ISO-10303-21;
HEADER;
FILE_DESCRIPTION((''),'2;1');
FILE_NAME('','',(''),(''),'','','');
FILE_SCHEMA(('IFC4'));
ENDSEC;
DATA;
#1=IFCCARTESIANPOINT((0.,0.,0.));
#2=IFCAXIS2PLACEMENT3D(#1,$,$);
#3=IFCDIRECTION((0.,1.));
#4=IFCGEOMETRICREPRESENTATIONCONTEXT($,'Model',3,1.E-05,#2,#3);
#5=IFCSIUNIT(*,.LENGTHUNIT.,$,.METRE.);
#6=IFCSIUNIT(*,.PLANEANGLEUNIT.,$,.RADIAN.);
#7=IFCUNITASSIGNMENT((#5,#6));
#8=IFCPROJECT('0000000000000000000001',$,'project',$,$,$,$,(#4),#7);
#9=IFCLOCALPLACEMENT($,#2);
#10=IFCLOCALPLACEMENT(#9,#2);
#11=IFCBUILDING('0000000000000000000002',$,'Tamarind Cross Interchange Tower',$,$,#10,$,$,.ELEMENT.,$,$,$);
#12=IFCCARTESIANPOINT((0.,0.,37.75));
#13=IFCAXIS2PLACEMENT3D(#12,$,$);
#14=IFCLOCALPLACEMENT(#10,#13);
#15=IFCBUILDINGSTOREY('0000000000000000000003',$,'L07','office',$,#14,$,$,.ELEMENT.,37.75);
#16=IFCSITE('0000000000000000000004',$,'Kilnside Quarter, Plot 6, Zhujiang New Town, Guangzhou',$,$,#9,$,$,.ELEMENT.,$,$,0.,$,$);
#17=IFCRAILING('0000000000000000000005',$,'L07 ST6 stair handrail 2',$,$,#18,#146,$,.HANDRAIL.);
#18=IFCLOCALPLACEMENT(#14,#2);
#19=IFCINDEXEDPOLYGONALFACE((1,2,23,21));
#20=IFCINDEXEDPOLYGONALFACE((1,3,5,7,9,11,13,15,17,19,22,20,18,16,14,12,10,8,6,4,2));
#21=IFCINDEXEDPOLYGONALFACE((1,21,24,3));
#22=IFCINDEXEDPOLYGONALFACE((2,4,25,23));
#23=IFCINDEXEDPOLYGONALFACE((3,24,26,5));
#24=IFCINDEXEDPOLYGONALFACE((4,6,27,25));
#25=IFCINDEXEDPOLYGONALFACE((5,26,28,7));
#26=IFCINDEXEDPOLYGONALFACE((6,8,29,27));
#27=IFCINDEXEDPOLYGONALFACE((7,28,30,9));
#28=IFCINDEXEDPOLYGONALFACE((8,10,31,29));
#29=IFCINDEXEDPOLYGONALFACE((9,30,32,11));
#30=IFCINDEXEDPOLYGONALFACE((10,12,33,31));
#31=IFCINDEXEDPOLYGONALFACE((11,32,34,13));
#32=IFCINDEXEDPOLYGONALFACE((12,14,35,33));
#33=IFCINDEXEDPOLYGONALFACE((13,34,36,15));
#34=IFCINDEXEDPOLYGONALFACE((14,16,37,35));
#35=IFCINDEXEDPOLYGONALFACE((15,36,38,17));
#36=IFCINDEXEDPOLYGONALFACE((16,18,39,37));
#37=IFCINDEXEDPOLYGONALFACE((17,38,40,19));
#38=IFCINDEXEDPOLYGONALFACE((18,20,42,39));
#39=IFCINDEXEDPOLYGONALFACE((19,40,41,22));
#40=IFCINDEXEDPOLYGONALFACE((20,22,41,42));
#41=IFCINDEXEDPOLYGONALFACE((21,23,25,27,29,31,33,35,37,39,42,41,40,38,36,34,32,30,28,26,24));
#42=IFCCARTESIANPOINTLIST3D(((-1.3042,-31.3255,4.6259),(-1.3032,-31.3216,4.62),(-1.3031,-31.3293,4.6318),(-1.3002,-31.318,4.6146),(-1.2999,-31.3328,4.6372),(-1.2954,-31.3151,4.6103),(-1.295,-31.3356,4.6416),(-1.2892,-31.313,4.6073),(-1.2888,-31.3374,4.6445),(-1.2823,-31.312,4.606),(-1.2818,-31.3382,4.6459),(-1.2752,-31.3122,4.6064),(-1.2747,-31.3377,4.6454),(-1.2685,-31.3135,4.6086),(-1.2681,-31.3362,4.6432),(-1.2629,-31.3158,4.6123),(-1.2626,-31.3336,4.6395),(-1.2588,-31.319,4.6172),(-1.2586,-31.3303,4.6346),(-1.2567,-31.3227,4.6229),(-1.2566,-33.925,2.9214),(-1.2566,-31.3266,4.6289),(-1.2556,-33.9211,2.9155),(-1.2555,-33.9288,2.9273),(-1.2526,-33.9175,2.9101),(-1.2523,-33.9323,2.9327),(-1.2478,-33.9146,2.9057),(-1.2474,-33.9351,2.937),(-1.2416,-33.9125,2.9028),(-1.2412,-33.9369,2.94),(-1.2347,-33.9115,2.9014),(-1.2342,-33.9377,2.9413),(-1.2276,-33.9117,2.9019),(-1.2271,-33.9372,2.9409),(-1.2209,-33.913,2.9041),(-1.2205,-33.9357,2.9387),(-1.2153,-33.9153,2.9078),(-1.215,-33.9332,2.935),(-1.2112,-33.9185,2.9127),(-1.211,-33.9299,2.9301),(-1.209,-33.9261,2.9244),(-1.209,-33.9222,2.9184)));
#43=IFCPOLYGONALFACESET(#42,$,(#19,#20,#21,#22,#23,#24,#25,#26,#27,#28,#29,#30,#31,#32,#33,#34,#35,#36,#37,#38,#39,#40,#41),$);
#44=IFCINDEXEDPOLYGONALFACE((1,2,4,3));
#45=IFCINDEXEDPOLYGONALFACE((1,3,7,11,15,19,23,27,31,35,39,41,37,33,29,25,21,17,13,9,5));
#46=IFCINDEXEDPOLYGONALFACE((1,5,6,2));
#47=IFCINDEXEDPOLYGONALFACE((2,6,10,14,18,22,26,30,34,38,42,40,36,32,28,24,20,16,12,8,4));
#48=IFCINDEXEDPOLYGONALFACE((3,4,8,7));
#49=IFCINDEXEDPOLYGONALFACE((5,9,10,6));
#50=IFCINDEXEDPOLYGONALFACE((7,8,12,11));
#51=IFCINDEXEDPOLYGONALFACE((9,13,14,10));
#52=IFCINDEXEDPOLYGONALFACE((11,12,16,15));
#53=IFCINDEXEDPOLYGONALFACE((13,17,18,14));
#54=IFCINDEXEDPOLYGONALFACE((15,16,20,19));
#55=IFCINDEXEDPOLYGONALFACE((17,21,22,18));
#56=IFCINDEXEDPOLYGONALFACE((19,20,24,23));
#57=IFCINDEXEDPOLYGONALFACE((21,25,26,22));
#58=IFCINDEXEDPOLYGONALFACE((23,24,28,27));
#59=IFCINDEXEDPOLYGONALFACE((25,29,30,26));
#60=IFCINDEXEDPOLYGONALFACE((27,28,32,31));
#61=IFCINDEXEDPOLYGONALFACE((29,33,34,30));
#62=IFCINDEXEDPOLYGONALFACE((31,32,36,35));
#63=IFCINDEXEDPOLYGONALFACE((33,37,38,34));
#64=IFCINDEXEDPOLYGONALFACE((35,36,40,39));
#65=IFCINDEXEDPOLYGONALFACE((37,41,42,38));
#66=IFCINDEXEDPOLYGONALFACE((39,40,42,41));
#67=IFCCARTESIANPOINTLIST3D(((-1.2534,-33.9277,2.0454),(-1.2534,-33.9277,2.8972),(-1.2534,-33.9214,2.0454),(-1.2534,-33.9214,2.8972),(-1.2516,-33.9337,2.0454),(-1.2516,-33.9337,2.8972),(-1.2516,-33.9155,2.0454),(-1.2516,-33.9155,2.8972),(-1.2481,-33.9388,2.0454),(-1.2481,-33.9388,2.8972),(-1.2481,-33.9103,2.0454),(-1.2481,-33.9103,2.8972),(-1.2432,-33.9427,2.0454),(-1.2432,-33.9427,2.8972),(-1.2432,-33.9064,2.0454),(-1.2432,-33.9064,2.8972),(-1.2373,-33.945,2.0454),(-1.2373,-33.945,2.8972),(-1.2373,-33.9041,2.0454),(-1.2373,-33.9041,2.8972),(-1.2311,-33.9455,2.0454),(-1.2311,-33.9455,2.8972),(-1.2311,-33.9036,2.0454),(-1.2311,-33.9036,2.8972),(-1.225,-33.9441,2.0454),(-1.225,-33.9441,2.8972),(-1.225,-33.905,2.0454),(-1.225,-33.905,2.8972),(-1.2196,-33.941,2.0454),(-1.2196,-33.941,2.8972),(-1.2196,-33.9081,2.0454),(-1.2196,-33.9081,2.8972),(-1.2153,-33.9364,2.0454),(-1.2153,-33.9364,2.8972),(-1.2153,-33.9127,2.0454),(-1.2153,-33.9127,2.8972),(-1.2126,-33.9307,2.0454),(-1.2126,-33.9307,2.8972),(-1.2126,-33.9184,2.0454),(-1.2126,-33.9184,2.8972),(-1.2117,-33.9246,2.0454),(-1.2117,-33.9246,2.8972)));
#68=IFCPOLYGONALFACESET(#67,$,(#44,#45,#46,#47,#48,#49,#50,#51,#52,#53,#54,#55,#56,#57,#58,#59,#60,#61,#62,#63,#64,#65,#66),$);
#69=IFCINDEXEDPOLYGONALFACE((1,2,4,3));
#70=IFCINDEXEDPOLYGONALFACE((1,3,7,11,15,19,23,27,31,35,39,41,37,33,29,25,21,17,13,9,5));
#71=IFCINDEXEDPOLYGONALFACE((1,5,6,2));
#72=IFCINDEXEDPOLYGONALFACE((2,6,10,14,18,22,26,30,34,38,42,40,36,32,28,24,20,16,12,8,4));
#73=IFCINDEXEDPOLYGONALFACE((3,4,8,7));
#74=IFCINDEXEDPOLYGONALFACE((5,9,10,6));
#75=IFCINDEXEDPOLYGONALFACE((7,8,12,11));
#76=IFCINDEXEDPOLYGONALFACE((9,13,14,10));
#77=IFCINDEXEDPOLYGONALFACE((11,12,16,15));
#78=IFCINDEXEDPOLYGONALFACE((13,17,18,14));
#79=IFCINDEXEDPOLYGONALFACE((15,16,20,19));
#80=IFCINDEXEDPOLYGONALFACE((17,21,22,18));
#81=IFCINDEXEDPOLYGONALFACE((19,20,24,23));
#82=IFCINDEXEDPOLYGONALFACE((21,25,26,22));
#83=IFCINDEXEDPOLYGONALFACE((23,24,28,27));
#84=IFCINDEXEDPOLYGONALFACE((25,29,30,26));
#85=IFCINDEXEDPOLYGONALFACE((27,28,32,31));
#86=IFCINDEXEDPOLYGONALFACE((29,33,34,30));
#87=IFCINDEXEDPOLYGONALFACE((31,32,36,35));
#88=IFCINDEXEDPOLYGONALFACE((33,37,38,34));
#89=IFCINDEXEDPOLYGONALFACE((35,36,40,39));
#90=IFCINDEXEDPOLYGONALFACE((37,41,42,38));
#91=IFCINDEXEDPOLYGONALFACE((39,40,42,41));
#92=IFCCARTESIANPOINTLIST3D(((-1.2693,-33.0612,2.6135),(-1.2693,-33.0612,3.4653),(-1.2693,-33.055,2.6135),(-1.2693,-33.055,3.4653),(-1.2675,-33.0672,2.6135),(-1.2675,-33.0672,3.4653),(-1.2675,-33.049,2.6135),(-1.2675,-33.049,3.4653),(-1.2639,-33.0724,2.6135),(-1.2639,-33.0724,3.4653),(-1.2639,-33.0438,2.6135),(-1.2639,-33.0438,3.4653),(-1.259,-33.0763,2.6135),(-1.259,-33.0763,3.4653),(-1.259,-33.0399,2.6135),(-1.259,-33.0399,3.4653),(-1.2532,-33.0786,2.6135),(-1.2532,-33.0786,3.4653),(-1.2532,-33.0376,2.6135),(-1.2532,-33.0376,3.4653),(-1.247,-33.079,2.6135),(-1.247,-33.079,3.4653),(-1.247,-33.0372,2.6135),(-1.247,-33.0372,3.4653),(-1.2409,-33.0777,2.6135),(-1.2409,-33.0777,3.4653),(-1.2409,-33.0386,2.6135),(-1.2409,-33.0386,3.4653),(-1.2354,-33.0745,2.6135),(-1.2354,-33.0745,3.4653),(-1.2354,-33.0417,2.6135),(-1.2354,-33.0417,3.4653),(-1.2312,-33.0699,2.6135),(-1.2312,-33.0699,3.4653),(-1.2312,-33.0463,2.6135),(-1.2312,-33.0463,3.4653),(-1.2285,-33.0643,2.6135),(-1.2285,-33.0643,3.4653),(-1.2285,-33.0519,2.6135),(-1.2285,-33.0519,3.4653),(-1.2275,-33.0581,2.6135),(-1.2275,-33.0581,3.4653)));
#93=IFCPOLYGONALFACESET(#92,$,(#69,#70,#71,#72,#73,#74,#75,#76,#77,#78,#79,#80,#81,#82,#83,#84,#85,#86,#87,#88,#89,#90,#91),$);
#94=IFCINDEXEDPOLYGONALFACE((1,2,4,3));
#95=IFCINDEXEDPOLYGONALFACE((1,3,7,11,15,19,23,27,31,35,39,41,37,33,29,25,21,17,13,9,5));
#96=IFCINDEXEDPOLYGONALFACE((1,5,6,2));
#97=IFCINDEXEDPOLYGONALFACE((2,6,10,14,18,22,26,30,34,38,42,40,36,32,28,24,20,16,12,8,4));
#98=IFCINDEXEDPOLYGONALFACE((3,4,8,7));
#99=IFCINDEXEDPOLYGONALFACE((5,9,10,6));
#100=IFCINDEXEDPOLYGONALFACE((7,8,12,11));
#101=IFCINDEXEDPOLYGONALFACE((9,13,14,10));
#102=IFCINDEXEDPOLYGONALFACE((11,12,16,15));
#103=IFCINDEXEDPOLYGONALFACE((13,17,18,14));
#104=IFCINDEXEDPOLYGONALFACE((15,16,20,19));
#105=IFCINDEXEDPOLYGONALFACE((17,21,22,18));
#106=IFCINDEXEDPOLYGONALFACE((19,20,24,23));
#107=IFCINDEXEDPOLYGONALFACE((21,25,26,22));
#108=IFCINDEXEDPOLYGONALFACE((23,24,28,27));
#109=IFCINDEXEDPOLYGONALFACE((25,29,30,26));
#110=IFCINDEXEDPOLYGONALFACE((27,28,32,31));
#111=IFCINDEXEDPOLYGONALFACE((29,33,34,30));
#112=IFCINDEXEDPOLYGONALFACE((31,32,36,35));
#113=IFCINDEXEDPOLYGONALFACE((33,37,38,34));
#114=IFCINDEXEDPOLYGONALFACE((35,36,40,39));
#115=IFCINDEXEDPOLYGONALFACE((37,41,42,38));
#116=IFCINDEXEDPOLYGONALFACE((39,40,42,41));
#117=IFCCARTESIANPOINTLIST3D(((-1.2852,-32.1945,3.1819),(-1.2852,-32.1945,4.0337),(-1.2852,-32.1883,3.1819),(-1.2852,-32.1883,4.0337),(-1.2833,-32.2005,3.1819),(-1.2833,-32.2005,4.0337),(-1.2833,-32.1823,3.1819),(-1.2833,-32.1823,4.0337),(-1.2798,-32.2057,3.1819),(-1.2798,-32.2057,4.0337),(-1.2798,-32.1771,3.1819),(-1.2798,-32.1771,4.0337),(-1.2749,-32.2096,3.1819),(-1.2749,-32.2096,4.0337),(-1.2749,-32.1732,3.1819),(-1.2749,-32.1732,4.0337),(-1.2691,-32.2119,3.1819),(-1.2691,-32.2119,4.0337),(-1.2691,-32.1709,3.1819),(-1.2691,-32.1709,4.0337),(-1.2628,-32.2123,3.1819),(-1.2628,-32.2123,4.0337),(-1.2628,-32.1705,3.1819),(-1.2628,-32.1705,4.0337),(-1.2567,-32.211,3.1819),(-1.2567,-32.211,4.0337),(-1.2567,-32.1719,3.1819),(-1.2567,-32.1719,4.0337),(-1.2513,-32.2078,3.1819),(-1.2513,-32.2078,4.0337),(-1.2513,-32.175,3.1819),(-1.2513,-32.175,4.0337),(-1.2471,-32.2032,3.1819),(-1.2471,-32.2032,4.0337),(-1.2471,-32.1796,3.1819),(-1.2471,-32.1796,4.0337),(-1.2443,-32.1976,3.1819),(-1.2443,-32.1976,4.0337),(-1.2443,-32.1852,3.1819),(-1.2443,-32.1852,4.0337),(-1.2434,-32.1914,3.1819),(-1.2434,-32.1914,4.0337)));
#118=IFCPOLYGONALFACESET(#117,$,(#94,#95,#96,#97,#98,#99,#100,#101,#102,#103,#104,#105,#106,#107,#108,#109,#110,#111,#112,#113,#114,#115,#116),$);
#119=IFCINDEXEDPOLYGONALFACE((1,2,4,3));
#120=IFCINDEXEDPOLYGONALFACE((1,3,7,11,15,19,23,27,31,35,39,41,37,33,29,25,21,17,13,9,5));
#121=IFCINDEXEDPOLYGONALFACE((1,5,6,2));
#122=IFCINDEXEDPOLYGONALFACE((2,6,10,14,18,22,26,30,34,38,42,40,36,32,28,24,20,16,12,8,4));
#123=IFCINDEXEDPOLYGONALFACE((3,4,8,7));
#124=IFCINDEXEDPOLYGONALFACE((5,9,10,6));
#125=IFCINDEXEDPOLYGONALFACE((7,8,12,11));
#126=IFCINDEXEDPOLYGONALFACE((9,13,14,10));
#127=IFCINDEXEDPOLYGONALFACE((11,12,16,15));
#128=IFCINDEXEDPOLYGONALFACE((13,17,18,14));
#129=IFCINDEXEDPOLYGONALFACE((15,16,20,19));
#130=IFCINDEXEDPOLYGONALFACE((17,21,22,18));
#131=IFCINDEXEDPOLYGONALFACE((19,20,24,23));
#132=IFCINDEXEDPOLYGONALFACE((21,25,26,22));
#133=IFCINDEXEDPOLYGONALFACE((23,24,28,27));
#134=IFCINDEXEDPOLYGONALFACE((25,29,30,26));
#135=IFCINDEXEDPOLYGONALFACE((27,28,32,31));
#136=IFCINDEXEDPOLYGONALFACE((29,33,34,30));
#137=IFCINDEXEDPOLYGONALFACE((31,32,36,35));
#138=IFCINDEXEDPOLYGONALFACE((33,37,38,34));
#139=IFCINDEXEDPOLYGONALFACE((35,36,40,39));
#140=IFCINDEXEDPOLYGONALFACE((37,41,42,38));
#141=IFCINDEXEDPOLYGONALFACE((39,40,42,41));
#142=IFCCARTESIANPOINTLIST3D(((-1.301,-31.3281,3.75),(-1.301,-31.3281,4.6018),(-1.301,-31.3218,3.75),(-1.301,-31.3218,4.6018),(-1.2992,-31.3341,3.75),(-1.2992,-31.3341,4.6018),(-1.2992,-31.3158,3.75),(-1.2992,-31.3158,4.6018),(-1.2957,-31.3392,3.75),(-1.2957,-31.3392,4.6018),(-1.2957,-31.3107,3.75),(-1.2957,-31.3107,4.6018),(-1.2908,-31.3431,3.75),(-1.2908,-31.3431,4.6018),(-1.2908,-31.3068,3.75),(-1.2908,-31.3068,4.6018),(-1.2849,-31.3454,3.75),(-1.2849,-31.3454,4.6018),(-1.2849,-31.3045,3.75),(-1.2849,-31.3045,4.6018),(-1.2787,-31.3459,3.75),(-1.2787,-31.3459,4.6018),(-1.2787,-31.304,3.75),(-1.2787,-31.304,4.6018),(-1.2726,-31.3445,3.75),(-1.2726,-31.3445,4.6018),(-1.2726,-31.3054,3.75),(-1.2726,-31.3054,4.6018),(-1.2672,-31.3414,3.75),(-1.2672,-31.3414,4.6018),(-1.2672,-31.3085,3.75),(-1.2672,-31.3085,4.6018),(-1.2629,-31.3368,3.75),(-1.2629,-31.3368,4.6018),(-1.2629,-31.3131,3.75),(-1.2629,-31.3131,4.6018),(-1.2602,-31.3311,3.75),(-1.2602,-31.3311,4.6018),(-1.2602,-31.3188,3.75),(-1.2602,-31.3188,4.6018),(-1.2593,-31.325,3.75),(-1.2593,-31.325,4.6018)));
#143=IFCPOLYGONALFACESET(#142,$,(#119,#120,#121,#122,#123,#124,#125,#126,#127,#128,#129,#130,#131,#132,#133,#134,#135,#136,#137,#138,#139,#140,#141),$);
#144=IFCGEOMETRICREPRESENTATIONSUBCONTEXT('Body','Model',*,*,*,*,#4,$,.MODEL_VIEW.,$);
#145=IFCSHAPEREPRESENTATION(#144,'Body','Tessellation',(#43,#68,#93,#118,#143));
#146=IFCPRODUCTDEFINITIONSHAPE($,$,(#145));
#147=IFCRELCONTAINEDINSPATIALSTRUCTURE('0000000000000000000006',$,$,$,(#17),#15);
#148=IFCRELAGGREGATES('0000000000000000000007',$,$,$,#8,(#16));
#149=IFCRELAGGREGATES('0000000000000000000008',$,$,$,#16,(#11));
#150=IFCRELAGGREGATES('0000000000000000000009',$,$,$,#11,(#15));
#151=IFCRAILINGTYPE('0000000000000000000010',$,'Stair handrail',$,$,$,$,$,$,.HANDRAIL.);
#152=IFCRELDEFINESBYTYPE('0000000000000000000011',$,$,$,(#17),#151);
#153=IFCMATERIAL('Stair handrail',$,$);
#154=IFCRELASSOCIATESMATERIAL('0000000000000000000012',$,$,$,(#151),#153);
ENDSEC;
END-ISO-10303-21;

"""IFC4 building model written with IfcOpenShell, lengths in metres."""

from ifc_helpers import new_model, si_unit, direction, frame, origin, origin_2d, place, context, subcontext, project, spatial, circle, extrude, material, type_object, element, save


model = new_model("IFC4")

# Units and contexts
model_context = context("Model", 3, precision=1e-05, world=origin(), true_north=direction((0.0, 1.0)))
body_context = subcontext(model_context, "Body", "Model", "MODEL_VIEW")
ifc_project = project(units=[si_unit("LENGTHUNIT", "METRE"), si_unit("PLANEANGLEUNIT", "RADIAN")], contexts=[model_context])

# Site, building, storey
site_placement = place(None, origin())
site = spatial("IfcSite", under=ifc_project, at=site_placement, Name="Kilnside Quarter, Plot 6, Zhujiang New Town, Guangzhou", CompositionType="ELEMENT", RefElevation=0.0)
building_placement = place(site_placement, origin())
building = spatial("IfcBuilding", under=site, at=building_placement, Name="Tamarind Cross Interchange Tower", CompositionType="ELEMENT")
storey_placement = place(building_placement, frame((0.0, 0.0, 37.75)))
storey = spatial("IfcBuildingStorey", under=building, at=storey_placement, Name="L07", Description="office", CompositionType="ELEMENT", Elevation=37.75)

# Railing
ifc_material_1 = material(Name="Stair handrail")
railing_type_1 = type_object("IfcRailingType", Name="Stair handrail", PredefinedType="HANDRAIL", material=ifc_material_1)
railing_1_placement = place(storey_placement, frame((-1.2327, -33.9246, 2.0454)))
element("IfcRailing", 1, at=railing_1_placement, inside=storey, type_object=railing_type_1, Name="L07 ST6 stair handrail 2", PredefinedType="HANDRAIL", context=body_context, shape_type="SweptSolid", body=[
    extrude(circle(Radius=0.0239, at=origin_2d()), frame((0.0, 0.0, 0.876), z_axis=(-0.015313, 0.836157, 0.548276), x_axis=(-0.999832, -0.01831, 0.0)), (0.0, 0.0, 1.0), 3.1089),
    extrude(circle(Radius=0.021, at=origin_2d()), origin(), (0.0, 0.0, 1.0), 0.8518),
    extrude(circle(Radius=0.021, at=origin_2d()), frame((-0.0159, 0.8665, 0.5681)), (0.0, 0.0, 1.0), 0.8518),
    extrude(circle(Radius=0.021, at=origin_2d()), frame((-0.0317, 1.7332, 1.1365)), (0.0, 0.0, 1.0), 0.8518),
    extrude(circle(Radius=0.021, at=origin_2d()), frame((-0.0476, 2.5996, 1.7046)), (0.0, 0.0, 1.0), 0.8518),
])

save(model, "model.ifc")
